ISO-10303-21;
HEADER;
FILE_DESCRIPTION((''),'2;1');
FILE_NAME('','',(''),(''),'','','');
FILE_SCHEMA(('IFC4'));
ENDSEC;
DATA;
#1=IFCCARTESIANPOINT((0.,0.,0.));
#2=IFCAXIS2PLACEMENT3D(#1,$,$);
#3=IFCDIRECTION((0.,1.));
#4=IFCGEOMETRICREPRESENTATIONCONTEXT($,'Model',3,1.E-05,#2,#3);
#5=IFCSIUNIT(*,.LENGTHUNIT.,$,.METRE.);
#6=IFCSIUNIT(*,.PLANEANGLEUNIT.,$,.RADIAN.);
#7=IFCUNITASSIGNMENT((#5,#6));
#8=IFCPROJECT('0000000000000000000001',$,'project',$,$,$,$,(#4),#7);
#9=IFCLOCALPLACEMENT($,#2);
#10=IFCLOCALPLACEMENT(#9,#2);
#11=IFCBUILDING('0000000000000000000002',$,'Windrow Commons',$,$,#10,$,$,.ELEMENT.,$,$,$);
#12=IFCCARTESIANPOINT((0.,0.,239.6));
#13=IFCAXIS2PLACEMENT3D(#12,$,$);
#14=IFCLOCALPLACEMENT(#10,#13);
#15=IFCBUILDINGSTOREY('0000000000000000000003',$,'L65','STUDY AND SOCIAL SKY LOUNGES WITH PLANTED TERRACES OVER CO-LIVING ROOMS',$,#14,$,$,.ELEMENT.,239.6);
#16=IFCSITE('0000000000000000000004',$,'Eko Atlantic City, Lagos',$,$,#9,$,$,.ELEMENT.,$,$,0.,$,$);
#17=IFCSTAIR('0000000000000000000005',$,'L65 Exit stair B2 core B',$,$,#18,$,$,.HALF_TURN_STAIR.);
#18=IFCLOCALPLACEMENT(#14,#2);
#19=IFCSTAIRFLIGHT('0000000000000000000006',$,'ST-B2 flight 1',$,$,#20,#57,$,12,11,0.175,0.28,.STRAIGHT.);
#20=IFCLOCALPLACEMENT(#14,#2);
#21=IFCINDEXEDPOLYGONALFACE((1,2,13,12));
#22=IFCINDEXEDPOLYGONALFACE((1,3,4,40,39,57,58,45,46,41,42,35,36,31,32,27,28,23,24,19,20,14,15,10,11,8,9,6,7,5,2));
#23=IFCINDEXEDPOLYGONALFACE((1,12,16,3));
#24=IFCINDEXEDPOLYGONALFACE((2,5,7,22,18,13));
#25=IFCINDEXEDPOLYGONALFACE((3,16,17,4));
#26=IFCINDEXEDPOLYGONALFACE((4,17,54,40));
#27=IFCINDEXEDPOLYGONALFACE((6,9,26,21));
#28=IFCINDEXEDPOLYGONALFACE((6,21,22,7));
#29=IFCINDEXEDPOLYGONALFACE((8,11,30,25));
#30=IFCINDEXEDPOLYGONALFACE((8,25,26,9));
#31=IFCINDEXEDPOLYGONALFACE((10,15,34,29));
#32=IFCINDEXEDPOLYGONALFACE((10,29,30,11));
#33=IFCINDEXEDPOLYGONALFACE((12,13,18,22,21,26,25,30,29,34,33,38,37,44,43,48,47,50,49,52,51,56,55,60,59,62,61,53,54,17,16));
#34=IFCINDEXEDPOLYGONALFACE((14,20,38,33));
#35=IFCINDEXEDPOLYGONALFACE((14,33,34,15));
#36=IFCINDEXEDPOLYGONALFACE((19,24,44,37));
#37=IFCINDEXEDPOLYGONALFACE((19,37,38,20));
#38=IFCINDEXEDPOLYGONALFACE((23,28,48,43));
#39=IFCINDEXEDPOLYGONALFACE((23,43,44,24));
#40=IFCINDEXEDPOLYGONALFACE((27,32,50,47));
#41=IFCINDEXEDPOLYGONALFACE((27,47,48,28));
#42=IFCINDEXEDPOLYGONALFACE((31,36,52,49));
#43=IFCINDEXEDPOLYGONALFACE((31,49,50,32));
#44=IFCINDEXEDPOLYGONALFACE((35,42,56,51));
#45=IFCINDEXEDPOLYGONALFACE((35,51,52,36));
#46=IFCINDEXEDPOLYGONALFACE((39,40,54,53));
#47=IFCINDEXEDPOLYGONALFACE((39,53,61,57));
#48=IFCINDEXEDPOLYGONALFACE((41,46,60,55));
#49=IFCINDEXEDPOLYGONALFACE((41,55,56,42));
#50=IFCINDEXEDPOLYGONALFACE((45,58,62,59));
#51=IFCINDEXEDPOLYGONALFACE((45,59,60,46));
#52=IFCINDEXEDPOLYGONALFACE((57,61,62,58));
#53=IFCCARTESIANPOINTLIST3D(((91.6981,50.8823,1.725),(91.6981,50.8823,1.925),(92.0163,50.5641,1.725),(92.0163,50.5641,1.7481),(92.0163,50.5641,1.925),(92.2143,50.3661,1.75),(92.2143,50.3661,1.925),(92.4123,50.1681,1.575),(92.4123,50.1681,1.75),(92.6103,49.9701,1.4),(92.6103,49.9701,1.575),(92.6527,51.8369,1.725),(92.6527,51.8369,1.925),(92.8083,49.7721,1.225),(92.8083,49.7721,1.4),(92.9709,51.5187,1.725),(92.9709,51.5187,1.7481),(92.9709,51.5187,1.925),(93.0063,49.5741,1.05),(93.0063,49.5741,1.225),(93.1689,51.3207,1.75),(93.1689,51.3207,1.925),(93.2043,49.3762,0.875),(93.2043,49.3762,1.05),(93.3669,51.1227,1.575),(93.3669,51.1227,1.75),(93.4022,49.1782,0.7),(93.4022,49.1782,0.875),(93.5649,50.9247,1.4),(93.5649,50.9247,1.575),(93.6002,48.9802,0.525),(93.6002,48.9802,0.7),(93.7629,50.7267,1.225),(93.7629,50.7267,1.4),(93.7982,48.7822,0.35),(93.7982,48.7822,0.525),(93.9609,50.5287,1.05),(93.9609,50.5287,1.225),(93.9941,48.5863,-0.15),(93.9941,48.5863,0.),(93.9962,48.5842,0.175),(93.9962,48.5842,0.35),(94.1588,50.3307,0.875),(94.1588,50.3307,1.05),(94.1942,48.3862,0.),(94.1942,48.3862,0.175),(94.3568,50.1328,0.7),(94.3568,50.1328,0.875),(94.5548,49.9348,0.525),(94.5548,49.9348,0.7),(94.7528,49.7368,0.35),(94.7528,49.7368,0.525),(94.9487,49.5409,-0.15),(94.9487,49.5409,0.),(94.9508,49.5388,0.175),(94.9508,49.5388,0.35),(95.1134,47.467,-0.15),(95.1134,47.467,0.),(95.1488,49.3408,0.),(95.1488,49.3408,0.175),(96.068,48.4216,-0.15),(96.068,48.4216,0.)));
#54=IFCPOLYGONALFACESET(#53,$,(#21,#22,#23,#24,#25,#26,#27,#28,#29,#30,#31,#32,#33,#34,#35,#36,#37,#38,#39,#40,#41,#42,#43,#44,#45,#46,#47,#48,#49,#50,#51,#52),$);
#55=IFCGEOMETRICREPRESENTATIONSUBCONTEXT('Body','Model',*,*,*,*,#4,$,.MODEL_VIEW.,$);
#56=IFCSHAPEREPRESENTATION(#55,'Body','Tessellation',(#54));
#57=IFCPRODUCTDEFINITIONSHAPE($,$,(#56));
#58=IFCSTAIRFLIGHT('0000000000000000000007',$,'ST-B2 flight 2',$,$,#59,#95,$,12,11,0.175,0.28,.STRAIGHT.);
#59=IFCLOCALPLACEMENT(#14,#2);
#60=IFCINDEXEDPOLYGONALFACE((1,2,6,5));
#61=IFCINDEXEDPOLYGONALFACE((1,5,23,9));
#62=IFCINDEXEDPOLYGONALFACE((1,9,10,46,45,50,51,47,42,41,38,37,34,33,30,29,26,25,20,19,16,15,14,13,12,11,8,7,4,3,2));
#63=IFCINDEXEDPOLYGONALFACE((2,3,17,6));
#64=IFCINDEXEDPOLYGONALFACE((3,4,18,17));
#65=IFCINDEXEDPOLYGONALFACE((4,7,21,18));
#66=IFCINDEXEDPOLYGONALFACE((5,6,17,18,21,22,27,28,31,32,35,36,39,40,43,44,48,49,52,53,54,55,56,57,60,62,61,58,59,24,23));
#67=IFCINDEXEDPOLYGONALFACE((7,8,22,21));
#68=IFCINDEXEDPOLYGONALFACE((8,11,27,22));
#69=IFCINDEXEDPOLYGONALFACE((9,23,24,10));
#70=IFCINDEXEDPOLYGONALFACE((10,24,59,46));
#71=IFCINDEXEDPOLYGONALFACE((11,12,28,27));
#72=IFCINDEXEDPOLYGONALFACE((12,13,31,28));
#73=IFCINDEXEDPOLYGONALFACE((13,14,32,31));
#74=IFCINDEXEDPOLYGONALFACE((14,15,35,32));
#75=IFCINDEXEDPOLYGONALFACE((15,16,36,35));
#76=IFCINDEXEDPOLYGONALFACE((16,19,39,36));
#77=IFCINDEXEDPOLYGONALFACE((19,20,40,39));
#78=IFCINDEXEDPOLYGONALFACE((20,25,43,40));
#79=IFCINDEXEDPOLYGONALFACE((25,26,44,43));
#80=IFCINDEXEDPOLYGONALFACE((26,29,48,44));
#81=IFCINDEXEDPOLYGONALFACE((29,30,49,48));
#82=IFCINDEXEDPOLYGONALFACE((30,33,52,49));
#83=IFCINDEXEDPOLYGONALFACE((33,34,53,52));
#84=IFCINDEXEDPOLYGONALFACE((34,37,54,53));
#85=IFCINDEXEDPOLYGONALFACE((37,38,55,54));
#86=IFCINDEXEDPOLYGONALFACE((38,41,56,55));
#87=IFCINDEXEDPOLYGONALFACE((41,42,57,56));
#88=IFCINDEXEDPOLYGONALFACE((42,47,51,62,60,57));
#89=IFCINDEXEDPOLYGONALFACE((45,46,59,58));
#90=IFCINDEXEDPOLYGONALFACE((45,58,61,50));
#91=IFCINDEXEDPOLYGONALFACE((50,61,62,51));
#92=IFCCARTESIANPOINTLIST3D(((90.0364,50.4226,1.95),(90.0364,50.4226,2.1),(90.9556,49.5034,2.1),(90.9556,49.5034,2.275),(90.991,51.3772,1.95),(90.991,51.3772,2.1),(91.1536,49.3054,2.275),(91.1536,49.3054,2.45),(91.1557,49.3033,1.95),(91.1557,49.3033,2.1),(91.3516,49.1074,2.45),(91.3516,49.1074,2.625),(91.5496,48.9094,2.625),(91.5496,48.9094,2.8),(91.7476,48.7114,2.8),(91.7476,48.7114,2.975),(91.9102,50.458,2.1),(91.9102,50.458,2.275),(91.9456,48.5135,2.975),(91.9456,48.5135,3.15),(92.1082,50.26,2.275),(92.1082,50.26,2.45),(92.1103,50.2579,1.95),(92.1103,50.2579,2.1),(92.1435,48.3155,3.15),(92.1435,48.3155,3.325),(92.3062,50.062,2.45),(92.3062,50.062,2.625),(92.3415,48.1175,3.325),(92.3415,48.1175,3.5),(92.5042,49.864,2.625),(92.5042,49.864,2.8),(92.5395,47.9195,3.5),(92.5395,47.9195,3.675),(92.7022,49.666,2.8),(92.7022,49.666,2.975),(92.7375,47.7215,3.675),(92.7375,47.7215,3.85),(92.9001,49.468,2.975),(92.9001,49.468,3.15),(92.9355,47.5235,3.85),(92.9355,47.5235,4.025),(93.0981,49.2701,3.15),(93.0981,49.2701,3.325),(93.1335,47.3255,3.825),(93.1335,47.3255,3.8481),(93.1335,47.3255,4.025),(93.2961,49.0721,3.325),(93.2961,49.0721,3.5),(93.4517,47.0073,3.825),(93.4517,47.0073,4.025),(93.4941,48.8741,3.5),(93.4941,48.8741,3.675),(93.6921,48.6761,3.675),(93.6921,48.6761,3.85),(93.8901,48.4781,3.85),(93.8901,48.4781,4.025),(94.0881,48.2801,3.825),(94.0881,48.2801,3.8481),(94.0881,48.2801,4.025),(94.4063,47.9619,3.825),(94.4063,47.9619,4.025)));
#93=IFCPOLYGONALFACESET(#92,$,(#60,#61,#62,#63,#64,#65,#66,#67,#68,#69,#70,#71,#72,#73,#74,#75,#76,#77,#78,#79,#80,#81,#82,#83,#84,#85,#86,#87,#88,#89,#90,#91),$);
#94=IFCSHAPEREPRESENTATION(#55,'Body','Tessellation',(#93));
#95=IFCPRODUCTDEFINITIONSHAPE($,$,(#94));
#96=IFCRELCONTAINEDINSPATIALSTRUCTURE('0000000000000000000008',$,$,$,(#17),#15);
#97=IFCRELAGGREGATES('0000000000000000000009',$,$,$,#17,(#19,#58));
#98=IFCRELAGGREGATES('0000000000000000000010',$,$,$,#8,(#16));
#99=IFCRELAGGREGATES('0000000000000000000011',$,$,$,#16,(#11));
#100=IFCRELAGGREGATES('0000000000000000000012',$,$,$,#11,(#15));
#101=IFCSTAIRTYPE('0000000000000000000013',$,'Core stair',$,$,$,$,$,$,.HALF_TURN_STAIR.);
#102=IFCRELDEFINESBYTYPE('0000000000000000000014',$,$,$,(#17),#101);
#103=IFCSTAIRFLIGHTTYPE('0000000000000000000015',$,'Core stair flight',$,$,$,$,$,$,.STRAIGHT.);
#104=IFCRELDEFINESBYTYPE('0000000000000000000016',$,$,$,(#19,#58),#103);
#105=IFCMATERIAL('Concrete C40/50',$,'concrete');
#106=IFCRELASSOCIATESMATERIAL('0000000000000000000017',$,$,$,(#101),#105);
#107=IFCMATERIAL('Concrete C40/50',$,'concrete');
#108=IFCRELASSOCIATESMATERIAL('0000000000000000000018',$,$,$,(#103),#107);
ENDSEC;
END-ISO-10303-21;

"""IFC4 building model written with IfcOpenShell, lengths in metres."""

from ifc_helpers import new_model, si_unit, direction, frame, origin, place, context, subcontext, project, spatial, polyline, outline, extrude, material, type_object, element, aggregate, save


model = new_model("IFC4")

# Units and contexts
model_context = context("Model", 3, precision=1e-05, world=origin(), true_north=direction((0.0, 1.0)))
body_context = subcontext(model_context, "Body", "Model", "MODEL_VIEW")
ifc_project = project(units=[si_unit("LENGTHUNIT", "METRE"), si_unit("PLANEANGLEUNIT", "RADIAN")], contexts=[model_context])

# Site, building, storey
site_placement = place(None, origin())
site = spatial("IfcSite", under=ifc_project, at=site_placement, Name="Eko Atlantic City, Lagos", CompositionType="ELEMENT", RefElevation=0.0)
building_placement = place(site_placement, origin())
building = spatial("IfcBuilding", under=site, at=building_placement, Name="Windrow Commons", CompositionType="ELEMENT")
storey_placement = place(building_placement, frame((0.0, 0.0, 239.6)))
storey = spatial("IfcBuildingStorey", under=building, at=storey_placement, Name="L65", Description="STUDY AND SOCIAL SKY LOUNGES WITH PLANTED TERRACES OVER CO-LIVING ROOMS", CompositionType="ELEMENT", Elevation=239.6)

# Shared definitions
placement = place(storey_placement, origin())

# Stair, stair flights
ifc_material_1 = material(Name="Concrete C40/50", Category="concrete")
stair_type = type_object("IfcStairType", Name="Core stair", PredefinedType="HALF_TURN_STAIR", material=ifc_material_1)
stair = element("IfcStair", 1, at=placement, inside=storey, type_object=stair_type, Name="L65 Exit stair B2 core B", PredefinedType="HALF_TURN_STAIR")
ifc_material_2 = material(Name="Concrete C40/50", Category="concrete")
stair_flight_type = type_object("IfcStairFlightType", Name="Core stair flight", PredefinedType="STRAIGHT", material=ifc_material_2)
stair_flight_1_placement = place(storey_placement, frame((94.6715, 48.8635, 0.0), z_axis=(0.0, 0.0, 1.0), x_axis=(-0.707107, 0.707107, 0.0)))
stair_flight_1 = element("IfcStairFlight", 2, at=stair_flight_1_placement, type_object=stair_flight_type, Name="ST-B2 flight 1", NumberOfRisers=12, NumberOfTreads=11, PredefinedType="STRAIGHT", RiserHeight=0.175, TreadLength=0.28, context=body_context, shape_type="SweptSolid", body=[
    extrude(outline(polyline([(-1.3, -0.15), (-1.3, 0.0), (0.0, 0.0), (0.0, 0.175), (0.28, 0.175), (0.28, 0.35), (0.56, 0.35), (0.56, 0.525), (0.84, 0.525), (0.84, 0.7), (1.12, 0.7), (1.12, 0.875), (1.4, 0.875), (1.4, 1.05), (1.68, 1.05), (1.68, 1.225), (1.96, 1.225), (1.96, 1.4), (2.24, 1.4), (2.24, 1.575), (2.52, 1.575), (2.52, 1.75), (2.8, 1.75), (2.8, 1.925), (3.08, 1.925), (3.53, 1.925), (3.53, 1.725), (3.08, 1.725), (3.08, 1.7481), (0.283, 0.0), (0.283, -0.15), (-1.3, -0.15)])), frame((0.0, 0.675, 0.0), z_axis=(0.0, -1.0, 0.0), x_axis=(1.0, 0.0, 0.0)), (0.0, 0.0, 1.0), 1.35),
])
stair_flight_2_placement = place(storey_placement, frame((91.4329, 49.9807, 2.1), z_axis=(0.0, 0.0, 1.0), x_axis=(0.707107, -0.707107, 0.0)))
stair_flight_2 = element("IfcStairFlight", 3, at=stair_flight_2_placement, type_object=stair_flight_type, Name="ST-B2 flight 2", NumberOfRisers=12, NumberOfTreads=11, PredefinedType="STRAIGHT", RiserHeight=0.175, TreadLength=0.28, context=body_context, shape_type="SweptSolid", body=[
    extrude(outline(polyline([(-1.3, -0.15), (-1.3, 0.0), (0.0, 0.0), (0.0, 0.175), (0.28, 0.175), (0.28, 0.35), (0.56, 0.35), (0.56, 0.525), (0.84, 0.525), (0.84, 0.7), (1.12, 0.7), (1.12, 0.875), (1.4, 0.875), (1.4, 1.05), (1.68, 1.05), (1.68, 1.225), (1.96, 1.225), (1.96, 1.4), (2.24, 1.4), (2.24, 1.575), (2.52, 1.575), (2.52, 1.75), (2.8, 1.75), (2.8, 1.925), (3.08, 1.925), (3.53, 1.925), (3.53, 1.725), (3.08, 1.725), (3.08, 1.7481), (0.283, 0.0), (0.283, -0.15), (-1.3, -0.15)])), frame((0.0, 0.675, 0.0), z_axis=(0.0, -1.0, 0.0), x_axis=(1.0, 0.0, 0.0)), (0.0, 0.0, 1.0), 1.35),
])
aggregate(stair, [stair_flight_1, stair_flight_2])

save(model, "model.ifc")
